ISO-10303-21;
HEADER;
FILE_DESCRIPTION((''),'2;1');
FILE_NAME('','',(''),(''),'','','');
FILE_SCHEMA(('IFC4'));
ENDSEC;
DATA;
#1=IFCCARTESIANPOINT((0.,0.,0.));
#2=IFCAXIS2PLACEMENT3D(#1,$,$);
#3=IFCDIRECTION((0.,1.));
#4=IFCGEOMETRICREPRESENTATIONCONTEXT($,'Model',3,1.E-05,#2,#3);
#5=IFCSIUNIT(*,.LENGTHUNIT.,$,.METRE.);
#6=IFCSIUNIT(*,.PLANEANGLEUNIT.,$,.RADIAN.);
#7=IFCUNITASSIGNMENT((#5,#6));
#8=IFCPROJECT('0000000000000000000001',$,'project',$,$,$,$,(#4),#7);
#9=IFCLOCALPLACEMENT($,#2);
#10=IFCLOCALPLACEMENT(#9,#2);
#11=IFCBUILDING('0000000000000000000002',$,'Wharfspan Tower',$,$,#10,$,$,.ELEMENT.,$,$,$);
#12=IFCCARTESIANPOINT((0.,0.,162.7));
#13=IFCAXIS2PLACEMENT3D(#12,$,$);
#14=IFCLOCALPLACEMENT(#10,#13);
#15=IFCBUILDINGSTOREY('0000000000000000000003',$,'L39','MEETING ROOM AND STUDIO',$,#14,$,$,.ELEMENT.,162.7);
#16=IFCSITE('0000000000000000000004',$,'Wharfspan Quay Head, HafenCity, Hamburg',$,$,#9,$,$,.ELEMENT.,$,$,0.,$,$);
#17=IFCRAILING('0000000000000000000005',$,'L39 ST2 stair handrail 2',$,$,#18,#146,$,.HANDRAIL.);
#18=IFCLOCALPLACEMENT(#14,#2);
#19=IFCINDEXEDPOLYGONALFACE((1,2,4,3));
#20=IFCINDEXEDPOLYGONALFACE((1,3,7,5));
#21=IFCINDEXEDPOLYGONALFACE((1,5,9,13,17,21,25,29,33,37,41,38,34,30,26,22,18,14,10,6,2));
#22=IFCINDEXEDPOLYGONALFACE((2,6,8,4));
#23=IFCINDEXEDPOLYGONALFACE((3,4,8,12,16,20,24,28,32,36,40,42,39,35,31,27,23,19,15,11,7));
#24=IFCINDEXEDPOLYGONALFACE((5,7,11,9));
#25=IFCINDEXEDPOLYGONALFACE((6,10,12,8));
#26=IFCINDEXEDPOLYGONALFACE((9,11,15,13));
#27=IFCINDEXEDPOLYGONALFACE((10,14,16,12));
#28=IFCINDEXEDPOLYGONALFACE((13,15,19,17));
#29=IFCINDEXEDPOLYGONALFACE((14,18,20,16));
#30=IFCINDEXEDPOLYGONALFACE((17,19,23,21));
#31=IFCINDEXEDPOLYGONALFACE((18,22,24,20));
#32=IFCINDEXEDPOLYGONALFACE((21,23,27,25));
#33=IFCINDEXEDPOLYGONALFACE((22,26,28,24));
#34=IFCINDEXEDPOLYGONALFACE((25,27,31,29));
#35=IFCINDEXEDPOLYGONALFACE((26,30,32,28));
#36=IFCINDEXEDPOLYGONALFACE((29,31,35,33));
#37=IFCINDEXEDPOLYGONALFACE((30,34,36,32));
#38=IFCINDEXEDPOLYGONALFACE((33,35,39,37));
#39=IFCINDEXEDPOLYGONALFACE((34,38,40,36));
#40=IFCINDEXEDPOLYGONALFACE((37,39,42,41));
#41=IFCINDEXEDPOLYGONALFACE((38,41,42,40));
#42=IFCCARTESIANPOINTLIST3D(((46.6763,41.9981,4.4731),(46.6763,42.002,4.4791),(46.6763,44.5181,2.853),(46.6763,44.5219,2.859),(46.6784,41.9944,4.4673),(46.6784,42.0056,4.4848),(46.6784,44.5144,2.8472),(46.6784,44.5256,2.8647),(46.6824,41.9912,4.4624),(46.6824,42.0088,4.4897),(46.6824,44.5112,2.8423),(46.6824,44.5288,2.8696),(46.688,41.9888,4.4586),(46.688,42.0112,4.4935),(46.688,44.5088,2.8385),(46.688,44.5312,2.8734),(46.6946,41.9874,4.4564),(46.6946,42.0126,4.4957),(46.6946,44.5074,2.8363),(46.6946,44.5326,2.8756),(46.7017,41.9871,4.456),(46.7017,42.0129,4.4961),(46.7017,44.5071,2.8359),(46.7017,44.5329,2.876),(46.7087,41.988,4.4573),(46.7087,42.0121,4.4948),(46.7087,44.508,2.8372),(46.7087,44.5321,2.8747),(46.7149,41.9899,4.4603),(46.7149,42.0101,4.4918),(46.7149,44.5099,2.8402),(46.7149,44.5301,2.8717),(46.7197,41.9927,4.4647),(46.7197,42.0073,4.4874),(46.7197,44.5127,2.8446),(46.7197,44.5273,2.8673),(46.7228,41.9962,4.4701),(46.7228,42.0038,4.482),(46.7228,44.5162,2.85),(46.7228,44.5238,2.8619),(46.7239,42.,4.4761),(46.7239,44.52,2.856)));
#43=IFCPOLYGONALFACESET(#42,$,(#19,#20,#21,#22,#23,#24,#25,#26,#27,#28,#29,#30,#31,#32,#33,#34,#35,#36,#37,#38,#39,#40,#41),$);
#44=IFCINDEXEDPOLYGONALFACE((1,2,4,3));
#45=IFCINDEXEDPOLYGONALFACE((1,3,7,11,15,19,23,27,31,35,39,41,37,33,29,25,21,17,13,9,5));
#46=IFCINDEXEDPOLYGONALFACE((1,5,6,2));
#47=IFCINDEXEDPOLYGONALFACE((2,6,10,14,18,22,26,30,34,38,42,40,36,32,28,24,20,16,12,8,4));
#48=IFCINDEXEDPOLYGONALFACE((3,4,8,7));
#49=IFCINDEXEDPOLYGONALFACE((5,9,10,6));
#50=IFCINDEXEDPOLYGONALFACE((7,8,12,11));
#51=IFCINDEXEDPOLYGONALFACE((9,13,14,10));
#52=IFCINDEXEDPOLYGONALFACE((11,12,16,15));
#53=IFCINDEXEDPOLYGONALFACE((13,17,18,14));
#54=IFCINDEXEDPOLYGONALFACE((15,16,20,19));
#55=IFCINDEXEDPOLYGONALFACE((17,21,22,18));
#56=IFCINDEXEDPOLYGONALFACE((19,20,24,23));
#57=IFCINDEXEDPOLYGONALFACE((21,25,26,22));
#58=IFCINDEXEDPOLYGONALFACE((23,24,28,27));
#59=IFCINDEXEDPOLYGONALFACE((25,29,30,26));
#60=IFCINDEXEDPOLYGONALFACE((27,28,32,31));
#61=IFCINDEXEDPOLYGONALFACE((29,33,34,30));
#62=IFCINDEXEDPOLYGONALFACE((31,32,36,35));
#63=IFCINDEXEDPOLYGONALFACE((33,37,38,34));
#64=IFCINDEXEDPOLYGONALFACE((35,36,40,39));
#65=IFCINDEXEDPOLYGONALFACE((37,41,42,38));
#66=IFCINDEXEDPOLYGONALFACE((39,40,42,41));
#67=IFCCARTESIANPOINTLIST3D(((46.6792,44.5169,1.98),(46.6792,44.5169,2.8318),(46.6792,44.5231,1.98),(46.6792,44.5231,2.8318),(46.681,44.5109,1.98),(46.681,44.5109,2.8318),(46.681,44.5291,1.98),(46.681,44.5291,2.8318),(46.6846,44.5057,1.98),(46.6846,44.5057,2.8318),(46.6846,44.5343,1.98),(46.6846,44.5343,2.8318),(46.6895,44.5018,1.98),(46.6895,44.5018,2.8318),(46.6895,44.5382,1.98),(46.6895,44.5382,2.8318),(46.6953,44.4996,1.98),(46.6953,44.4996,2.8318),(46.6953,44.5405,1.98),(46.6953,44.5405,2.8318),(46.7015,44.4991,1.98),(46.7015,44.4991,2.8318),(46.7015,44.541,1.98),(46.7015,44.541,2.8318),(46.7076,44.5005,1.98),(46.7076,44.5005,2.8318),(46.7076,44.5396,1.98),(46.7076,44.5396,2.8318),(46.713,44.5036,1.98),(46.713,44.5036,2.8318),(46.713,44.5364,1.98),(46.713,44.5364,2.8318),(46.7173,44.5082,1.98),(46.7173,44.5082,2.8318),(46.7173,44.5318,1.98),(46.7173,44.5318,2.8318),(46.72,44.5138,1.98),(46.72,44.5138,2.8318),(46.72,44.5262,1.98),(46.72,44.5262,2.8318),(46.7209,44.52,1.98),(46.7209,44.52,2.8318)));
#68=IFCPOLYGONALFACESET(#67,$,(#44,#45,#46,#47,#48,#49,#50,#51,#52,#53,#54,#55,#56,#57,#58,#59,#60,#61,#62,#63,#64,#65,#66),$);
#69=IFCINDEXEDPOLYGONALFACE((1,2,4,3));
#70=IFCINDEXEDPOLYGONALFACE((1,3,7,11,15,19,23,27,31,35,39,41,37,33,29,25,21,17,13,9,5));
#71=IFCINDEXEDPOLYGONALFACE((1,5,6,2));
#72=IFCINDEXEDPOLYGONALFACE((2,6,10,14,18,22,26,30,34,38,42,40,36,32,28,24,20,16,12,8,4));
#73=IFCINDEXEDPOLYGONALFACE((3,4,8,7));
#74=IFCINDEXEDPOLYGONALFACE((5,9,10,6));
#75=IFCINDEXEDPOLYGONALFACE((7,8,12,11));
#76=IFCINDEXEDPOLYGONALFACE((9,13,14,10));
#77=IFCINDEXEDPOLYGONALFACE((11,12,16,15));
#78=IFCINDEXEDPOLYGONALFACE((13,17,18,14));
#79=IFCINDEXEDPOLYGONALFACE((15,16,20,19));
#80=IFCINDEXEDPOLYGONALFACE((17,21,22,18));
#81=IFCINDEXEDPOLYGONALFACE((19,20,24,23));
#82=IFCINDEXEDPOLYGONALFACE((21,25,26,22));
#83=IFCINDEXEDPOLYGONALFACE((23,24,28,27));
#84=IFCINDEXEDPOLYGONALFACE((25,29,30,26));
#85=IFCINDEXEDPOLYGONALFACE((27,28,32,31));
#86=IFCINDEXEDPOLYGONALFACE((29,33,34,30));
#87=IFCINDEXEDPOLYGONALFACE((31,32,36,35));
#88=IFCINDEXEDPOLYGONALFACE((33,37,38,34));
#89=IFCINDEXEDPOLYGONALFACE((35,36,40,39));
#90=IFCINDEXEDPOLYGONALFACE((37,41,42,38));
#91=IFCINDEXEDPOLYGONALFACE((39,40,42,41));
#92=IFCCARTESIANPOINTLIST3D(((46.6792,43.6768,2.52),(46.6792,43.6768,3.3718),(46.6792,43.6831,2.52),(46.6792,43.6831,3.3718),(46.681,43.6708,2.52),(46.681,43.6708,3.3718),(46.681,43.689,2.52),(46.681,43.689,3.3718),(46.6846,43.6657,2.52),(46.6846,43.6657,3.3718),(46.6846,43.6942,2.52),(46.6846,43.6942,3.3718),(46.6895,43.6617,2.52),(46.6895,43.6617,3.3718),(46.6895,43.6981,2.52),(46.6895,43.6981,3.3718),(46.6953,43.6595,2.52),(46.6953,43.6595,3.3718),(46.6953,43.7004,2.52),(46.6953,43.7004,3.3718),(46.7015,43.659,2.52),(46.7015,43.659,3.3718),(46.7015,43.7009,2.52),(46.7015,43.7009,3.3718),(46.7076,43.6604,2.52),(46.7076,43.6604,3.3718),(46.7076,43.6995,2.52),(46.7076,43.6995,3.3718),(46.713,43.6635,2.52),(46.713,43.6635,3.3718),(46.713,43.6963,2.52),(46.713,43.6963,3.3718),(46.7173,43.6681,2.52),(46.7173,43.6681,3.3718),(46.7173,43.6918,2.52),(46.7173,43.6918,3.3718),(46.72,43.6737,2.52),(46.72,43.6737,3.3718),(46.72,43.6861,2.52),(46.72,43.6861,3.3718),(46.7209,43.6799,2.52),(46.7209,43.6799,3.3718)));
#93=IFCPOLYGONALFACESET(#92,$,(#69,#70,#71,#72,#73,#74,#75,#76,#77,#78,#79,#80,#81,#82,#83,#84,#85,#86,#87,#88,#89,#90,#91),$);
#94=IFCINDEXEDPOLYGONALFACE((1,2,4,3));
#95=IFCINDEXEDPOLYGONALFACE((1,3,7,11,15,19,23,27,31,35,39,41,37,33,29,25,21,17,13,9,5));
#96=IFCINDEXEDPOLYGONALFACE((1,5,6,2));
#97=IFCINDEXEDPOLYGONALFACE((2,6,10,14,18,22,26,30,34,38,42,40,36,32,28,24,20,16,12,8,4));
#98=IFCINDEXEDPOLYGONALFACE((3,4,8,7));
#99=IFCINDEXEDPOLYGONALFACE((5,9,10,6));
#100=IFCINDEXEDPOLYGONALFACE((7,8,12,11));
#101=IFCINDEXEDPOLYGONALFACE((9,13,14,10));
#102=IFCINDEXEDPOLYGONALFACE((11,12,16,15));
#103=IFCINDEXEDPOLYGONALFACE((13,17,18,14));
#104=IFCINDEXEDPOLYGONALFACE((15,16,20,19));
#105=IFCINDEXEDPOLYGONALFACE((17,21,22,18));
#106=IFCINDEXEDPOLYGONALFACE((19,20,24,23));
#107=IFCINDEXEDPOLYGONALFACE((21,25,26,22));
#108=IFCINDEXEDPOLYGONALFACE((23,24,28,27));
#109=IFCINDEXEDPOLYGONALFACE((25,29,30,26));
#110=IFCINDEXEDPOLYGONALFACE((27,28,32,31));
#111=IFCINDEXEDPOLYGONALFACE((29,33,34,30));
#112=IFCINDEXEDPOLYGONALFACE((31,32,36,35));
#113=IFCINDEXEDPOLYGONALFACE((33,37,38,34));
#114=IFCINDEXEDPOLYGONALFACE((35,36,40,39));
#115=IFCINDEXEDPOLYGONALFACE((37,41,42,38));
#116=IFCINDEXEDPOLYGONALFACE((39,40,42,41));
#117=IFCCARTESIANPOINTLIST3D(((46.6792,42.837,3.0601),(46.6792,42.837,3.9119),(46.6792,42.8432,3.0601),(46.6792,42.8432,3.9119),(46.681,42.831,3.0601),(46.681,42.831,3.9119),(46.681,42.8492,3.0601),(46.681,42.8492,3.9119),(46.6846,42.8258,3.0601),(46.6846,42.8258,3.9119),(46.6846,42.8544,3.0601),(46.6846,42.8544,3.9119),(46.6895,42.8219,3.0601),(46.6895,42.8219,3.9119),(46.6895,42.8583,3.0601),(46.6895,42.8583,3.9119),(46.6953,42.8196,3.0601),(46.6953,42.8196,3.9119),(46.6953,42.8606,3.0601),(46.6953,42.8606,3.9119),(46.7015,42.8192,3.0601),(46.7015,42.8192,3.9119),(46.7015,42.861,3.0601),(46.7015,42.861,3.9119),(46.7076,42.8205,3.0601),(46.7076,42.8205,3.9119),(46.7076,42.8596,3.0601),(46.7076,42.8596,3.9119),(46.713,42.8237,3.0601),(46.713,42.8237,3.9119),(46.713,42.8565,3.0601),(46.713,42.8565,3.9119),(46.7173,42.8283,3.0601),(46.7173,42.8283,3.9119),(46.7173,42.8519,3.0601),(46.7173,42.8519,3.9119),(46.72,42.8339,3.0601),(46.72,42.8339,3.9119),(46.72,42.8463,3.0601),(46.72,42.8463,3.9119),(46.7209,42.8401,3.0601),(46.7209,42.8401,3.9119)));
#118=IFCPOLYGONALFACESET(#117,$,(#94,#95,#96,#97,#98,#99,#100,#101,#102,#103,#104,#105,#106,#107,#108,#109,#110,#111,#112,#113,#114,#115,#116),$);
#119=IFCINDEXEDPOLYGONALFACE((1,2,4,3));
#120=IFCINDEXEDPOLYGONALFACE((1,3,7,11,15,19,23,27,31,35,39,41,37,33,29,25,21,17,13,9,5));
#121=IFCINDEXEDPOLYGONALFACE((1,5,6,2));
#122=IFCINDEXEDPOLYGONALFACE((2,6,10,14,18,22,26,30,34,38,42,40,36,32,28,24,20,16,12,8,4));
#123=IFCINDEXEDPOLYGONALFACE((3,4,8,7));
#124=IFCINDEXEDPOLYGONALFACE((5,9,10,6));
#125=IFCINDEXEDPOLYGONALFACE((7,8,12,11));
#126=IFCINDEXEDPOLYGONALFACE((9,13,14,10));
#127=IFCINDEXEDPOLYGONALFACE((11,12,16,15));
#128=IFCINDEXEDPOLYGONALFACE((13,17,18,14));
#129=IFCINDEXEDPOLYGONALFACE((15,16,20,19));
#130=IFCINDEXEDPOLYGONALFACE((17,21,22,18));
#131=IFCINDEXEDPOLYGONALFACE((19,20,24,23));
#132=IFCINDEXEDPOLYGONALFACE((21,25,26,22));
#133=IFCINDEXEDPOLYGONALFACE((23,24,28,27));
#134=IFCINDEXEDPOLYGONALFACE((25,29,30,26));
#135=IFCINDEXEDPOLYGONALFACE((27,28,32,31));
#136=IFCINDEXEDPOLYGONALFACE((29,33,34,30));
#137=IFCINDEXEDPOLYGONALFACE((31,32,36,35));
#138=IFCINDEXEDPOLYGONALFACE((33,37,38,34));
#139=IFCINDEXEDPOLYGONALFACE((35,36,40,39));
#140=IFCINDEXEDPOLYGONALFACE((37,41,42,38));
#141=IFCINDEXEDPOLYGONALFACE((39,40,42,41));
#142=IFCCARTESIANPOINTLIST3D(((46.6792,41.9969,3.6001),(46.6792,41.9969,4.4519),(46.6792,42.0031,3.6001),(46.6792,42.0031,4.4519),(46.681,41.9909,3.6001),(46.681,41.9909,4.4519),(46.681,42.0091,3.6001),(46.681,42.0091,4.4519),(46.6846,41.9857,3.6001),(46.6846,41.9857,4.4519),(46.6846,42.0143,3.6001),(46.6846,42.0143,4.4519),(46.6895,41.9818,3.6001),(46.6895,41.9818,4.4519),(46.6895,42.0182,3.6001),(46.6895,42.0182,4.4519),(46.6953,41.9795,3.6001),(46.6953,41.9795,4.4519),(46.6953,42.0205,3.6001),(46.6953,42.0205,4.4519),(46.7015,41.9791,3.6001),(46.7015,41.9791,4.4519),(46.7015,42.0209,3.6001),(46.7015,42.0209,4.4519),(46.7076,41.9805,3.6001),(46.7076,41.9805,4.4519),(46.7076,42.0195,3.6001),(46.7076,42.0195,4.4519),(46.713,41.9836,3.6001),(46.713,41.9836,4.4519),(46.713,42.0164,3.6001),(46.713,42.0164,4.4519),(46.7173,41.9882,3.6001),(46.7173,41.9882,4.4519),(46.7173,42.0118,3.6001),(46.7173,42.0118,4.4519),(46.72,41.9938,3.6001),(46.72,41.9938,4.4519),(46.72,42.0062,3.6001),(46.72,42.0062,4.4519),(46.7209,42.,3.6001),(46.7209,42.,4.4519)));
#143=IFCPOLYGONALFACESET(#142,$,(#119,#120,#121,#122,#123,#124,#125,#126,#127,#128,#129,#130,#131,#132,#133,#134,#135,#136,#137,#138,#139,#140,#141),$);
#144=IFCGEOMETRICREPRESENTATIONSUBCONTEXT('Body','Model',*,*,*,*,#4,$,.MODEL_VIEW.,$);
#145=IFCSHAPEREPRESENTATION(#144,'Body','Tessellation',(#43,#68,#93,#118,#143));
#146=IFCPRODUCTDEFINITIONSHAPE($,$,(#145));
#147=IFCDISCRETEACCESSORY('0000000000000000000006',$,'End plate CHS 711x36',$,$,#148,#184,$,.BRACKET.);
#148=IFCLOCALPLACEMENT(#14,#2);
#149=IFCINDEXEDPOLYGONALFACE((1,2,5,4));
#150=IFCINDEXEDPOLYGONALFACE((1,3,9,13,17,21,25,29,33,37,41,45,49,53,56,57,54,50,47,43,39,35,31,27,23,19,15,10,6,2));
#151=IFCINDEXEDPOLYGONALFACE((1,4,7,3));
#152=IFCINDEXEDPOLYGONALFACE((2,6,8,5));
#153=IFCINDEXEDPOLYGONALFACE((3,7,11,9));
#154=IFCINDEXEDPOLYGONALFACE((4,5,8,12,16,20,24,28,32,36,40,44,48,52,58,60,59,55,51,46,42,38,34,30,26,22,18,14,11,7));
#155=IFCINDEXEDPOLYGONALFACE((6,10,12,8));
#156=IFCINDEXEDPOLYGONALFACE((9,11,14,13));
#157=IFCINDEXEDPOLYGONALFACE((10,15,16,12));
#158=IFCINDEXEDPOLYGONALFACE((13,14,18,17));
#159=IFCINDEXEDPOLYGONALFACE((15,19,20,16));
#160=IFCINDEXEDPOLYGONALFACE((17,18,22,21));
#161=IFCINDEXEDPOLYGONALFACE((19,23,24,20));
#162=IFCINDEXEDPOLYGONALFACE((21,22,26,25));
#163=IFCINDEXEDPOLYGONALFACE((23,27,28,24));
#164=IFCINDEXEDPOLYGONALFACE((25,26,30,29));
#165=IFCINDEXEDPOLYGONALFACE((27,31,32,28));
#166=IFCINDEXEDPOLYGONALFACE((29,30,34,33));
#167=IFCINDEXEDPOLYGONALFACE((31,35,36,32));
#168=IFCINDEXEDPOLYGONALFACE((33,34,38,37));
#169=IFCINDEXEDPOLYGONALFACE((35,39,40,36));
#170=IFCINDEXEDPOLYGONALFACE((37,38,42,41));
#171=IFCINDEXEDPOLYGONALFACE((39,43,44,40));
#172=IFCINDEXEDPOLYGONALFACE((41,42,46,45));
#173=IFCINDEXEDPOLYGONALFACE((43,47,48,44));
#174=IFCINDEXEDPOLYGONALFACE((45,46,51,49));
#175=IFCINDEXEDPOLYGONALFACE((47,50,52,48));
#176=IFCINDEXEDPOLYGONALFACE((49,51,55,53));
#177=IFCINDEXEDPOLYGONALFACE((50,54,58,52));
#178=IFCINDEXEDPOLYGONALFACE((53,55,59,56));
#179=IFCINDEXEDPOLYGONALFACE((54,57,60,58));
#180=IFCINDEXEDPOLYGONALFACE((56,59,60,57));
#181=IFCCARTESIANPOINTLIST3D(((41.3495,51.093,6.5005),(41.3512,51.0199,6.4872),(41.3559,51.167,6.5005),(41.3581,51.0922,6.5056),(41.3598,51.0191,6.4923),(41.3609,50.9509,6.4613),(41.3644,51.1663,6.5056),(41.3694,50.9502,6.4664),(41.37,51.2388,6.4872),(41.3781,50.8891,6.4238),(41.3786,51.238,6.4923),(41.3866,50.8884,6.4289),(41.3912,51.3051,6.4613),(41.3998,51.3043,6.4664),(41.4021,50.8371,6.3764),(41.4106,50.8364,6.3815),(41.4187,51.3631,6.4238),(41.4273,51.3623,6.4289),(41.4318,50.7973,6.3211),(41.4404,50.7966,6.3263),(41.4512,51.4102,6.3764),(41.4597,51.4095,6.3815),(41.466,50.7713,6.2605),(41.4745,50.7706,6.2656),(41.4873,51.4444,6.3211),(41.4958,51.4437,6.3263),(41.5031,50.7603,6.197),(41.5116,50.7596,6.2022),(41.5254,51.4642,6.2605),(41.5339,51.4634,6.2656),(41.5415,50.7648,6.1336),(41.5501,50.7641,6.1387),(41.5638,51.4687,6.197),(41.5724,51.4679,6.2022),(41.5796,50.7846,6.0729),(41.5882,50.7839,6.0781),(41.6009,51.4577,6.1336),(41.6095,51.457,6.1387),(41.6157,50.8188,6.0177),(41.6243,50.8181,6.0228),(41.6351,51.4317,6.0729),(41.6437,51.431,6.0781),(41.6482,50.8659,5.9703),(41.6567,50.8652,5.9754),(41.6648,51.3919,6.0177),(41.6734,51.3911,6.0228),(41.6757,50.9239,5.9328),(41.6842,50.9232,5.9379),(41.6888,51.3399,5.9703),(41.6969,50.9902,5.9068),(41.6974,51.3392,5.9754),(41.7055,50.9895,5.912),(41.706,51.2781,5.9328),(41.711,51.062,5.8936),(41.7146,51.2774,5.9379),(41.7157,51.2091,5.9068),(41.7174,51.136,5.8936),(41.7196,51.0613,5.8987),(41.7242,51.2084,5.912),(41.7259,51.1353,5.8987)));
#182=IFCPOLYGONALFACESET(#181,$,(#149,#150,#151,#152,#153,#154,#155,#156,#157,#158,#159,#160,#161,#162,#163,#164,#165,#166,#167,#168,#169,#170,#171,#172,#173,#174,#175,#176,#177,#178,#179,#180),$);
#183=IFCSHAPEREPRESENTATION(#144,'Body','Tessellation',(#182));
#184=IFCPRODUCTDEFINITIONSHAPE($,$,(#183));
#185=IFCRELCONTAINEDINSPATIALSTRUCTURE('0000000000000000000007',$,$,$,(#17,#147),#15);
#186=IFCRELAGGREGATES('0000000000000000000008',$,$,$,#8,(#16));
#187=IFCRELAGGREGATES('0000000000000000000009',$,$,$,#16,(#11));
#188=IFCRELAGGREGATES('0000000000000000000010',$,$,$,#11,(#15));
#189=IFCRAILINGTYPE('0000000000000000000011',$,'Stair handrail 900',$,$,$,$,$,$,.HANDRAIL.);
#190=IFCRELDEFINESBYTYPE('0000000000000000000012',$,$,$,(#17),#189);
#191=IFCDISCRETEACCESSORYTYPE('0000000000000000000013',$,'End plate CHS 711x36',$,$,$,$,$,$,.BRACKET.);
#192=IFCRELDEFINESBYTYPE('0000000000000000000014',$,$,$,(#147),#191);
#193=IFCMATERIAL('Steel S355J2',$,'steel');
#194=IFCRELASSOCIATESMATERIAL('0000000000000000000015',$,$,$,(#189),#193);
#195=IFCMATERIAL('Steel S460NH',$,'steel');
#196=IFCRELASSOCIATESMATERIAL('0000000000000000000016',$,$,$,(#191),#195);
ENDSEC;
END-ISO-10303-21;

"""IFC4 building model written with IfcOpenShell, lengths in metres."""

from ifc_helpers import new_model, si_unit, direction, frame, origin, origin_2d, place, context, subcontext, project, spatial, circle, extrude, material, material_profile, profile_set, type_object, element, save


model = new_model("IFC4")

# Units and contexts
model_context = context("Model", 3, precision=1e-05, world=origin(), true_north=direction((0.0, 1.0)))
body_context = subcontext(model_context, "Body", "Model", "MODEL_VIEW")
ifc_project = project(units=[si_unit("LENGTHUNIT", "METRE"), si_unit("PLANEANGLEUNIT", "RADIAN")], contexts=[model_context])

# Site, building, storey
site_placement = place(None, origin())
site = spatial("IfcSite", under=ifc_project, at=site_placement, Name="Wharfspan Quay Head, HafenCity, Hamburg", CompositionType="ELEMENT", RefElevation=0.0)
building_placement = place(site_placement, origin())
building = spatial("IfcBuilding", under=site, at=building_placement, Name="Wharfspan Tower", CompositionType="ELEMENT")
storey_placement = place(building_placement, frame((0.0, 0.0, 162.7)))
storey = spatial("IfcBuildingStorey", under=building, at=storey_placement, Name="L39", Description="MEETING ROOM AND STUDIO", CompositionType="ELEMENT", Elevation=162.7)

# Shared definitions
ifc_material_1 = material(Name="Steel S355J2", Category="steel")

# Shared definitions
ifc_material_2 = material(Name="Steel S460NH", Category="steel")

# Railing
railing_type_1 = type_object("IfcRailingType", Name="Stair handrail 900", PredefinedType="HANDRAIL", material=ifc_material_1)
railing_1_placement = place(storey_placement, frame((46.7, 44.52, 1.98)))
element("IfcRailing", 1, at=railing_1_placement, inside=storey, type_object=railing_type_1, Name="L39 ST2 stair handrail 2", PredefinedType="HANDRAIL", context=body_context, shape_type="SweptSolid", body=[
    extrude(circle(Radius=0.0239, at=origin_2d()), frame((0.0, 0.0, 0.876), z_axis=(0.0, -0.841163, 0.540782), x_axis=(1.0, 0.0, 0.0)), (0.0, 0.0, 1.0), 2.9958),
    extrude(circle(Radius=0.021, at=origin_2d()), origin(), (0.0, 0.0, 1.0), 0.8518),
    extrude(circle(Radius=0.021, at=origin_2d()), frame((0.0, -0.8401, 0.54)), (0.0, 0.0, 1.0), 0.8518),
    extrude(circle(Radius=0.021, at=origin_2d()), frame((0.0, -1.6799, 1.0801)), (0.0, 0.0, 1.0), 0.8518),
    extrude(circle(Radius=0.021, at=origin_2d()), frame((0.0, -2.52, 1.6201)), (0.0, 0.0, 1.0), 0.8518),
])

# Discrete accessory
ifc_material_profile_1 = material_profile(ifc_material_2, circle(Radius=0.3555, at=origin_2d()))
ifc_profile_set_1 = profile_set([ifc_material_profile_1], Name="Steel S460NH")
discrete_accessory_type = type_object("IfcDiscreteAccessoryType", Name="End plate CHS 711x36", PredefinedType="BRACKET", material=ifc_profile_set_1)
for number, where, z_axis, x_axis, name in (
    (2, (41.5334, 51.1145, 6.197), (0.855186, -0.073302, 0.513112), (0.085402, 0.996345, -0.000001), "End plate CHS 711x36"),
):
    element("IfcDiscreteAccessory", number, at=place(storey_placement, frame(where, z_axis=z_axis, x_axis=x_axis)), inside=storey, type_object=discrete_accessory_type, Name=name, PredefinedType="BRACKET", context=body_context, shape_type="SweptSolid", body=[
        extrude(circle(Radius=0.3555, at=origin_2d()), origin(), (0.0, 0.0, 1.0), 0.01),
    ])

save(model, "model.ifc")
